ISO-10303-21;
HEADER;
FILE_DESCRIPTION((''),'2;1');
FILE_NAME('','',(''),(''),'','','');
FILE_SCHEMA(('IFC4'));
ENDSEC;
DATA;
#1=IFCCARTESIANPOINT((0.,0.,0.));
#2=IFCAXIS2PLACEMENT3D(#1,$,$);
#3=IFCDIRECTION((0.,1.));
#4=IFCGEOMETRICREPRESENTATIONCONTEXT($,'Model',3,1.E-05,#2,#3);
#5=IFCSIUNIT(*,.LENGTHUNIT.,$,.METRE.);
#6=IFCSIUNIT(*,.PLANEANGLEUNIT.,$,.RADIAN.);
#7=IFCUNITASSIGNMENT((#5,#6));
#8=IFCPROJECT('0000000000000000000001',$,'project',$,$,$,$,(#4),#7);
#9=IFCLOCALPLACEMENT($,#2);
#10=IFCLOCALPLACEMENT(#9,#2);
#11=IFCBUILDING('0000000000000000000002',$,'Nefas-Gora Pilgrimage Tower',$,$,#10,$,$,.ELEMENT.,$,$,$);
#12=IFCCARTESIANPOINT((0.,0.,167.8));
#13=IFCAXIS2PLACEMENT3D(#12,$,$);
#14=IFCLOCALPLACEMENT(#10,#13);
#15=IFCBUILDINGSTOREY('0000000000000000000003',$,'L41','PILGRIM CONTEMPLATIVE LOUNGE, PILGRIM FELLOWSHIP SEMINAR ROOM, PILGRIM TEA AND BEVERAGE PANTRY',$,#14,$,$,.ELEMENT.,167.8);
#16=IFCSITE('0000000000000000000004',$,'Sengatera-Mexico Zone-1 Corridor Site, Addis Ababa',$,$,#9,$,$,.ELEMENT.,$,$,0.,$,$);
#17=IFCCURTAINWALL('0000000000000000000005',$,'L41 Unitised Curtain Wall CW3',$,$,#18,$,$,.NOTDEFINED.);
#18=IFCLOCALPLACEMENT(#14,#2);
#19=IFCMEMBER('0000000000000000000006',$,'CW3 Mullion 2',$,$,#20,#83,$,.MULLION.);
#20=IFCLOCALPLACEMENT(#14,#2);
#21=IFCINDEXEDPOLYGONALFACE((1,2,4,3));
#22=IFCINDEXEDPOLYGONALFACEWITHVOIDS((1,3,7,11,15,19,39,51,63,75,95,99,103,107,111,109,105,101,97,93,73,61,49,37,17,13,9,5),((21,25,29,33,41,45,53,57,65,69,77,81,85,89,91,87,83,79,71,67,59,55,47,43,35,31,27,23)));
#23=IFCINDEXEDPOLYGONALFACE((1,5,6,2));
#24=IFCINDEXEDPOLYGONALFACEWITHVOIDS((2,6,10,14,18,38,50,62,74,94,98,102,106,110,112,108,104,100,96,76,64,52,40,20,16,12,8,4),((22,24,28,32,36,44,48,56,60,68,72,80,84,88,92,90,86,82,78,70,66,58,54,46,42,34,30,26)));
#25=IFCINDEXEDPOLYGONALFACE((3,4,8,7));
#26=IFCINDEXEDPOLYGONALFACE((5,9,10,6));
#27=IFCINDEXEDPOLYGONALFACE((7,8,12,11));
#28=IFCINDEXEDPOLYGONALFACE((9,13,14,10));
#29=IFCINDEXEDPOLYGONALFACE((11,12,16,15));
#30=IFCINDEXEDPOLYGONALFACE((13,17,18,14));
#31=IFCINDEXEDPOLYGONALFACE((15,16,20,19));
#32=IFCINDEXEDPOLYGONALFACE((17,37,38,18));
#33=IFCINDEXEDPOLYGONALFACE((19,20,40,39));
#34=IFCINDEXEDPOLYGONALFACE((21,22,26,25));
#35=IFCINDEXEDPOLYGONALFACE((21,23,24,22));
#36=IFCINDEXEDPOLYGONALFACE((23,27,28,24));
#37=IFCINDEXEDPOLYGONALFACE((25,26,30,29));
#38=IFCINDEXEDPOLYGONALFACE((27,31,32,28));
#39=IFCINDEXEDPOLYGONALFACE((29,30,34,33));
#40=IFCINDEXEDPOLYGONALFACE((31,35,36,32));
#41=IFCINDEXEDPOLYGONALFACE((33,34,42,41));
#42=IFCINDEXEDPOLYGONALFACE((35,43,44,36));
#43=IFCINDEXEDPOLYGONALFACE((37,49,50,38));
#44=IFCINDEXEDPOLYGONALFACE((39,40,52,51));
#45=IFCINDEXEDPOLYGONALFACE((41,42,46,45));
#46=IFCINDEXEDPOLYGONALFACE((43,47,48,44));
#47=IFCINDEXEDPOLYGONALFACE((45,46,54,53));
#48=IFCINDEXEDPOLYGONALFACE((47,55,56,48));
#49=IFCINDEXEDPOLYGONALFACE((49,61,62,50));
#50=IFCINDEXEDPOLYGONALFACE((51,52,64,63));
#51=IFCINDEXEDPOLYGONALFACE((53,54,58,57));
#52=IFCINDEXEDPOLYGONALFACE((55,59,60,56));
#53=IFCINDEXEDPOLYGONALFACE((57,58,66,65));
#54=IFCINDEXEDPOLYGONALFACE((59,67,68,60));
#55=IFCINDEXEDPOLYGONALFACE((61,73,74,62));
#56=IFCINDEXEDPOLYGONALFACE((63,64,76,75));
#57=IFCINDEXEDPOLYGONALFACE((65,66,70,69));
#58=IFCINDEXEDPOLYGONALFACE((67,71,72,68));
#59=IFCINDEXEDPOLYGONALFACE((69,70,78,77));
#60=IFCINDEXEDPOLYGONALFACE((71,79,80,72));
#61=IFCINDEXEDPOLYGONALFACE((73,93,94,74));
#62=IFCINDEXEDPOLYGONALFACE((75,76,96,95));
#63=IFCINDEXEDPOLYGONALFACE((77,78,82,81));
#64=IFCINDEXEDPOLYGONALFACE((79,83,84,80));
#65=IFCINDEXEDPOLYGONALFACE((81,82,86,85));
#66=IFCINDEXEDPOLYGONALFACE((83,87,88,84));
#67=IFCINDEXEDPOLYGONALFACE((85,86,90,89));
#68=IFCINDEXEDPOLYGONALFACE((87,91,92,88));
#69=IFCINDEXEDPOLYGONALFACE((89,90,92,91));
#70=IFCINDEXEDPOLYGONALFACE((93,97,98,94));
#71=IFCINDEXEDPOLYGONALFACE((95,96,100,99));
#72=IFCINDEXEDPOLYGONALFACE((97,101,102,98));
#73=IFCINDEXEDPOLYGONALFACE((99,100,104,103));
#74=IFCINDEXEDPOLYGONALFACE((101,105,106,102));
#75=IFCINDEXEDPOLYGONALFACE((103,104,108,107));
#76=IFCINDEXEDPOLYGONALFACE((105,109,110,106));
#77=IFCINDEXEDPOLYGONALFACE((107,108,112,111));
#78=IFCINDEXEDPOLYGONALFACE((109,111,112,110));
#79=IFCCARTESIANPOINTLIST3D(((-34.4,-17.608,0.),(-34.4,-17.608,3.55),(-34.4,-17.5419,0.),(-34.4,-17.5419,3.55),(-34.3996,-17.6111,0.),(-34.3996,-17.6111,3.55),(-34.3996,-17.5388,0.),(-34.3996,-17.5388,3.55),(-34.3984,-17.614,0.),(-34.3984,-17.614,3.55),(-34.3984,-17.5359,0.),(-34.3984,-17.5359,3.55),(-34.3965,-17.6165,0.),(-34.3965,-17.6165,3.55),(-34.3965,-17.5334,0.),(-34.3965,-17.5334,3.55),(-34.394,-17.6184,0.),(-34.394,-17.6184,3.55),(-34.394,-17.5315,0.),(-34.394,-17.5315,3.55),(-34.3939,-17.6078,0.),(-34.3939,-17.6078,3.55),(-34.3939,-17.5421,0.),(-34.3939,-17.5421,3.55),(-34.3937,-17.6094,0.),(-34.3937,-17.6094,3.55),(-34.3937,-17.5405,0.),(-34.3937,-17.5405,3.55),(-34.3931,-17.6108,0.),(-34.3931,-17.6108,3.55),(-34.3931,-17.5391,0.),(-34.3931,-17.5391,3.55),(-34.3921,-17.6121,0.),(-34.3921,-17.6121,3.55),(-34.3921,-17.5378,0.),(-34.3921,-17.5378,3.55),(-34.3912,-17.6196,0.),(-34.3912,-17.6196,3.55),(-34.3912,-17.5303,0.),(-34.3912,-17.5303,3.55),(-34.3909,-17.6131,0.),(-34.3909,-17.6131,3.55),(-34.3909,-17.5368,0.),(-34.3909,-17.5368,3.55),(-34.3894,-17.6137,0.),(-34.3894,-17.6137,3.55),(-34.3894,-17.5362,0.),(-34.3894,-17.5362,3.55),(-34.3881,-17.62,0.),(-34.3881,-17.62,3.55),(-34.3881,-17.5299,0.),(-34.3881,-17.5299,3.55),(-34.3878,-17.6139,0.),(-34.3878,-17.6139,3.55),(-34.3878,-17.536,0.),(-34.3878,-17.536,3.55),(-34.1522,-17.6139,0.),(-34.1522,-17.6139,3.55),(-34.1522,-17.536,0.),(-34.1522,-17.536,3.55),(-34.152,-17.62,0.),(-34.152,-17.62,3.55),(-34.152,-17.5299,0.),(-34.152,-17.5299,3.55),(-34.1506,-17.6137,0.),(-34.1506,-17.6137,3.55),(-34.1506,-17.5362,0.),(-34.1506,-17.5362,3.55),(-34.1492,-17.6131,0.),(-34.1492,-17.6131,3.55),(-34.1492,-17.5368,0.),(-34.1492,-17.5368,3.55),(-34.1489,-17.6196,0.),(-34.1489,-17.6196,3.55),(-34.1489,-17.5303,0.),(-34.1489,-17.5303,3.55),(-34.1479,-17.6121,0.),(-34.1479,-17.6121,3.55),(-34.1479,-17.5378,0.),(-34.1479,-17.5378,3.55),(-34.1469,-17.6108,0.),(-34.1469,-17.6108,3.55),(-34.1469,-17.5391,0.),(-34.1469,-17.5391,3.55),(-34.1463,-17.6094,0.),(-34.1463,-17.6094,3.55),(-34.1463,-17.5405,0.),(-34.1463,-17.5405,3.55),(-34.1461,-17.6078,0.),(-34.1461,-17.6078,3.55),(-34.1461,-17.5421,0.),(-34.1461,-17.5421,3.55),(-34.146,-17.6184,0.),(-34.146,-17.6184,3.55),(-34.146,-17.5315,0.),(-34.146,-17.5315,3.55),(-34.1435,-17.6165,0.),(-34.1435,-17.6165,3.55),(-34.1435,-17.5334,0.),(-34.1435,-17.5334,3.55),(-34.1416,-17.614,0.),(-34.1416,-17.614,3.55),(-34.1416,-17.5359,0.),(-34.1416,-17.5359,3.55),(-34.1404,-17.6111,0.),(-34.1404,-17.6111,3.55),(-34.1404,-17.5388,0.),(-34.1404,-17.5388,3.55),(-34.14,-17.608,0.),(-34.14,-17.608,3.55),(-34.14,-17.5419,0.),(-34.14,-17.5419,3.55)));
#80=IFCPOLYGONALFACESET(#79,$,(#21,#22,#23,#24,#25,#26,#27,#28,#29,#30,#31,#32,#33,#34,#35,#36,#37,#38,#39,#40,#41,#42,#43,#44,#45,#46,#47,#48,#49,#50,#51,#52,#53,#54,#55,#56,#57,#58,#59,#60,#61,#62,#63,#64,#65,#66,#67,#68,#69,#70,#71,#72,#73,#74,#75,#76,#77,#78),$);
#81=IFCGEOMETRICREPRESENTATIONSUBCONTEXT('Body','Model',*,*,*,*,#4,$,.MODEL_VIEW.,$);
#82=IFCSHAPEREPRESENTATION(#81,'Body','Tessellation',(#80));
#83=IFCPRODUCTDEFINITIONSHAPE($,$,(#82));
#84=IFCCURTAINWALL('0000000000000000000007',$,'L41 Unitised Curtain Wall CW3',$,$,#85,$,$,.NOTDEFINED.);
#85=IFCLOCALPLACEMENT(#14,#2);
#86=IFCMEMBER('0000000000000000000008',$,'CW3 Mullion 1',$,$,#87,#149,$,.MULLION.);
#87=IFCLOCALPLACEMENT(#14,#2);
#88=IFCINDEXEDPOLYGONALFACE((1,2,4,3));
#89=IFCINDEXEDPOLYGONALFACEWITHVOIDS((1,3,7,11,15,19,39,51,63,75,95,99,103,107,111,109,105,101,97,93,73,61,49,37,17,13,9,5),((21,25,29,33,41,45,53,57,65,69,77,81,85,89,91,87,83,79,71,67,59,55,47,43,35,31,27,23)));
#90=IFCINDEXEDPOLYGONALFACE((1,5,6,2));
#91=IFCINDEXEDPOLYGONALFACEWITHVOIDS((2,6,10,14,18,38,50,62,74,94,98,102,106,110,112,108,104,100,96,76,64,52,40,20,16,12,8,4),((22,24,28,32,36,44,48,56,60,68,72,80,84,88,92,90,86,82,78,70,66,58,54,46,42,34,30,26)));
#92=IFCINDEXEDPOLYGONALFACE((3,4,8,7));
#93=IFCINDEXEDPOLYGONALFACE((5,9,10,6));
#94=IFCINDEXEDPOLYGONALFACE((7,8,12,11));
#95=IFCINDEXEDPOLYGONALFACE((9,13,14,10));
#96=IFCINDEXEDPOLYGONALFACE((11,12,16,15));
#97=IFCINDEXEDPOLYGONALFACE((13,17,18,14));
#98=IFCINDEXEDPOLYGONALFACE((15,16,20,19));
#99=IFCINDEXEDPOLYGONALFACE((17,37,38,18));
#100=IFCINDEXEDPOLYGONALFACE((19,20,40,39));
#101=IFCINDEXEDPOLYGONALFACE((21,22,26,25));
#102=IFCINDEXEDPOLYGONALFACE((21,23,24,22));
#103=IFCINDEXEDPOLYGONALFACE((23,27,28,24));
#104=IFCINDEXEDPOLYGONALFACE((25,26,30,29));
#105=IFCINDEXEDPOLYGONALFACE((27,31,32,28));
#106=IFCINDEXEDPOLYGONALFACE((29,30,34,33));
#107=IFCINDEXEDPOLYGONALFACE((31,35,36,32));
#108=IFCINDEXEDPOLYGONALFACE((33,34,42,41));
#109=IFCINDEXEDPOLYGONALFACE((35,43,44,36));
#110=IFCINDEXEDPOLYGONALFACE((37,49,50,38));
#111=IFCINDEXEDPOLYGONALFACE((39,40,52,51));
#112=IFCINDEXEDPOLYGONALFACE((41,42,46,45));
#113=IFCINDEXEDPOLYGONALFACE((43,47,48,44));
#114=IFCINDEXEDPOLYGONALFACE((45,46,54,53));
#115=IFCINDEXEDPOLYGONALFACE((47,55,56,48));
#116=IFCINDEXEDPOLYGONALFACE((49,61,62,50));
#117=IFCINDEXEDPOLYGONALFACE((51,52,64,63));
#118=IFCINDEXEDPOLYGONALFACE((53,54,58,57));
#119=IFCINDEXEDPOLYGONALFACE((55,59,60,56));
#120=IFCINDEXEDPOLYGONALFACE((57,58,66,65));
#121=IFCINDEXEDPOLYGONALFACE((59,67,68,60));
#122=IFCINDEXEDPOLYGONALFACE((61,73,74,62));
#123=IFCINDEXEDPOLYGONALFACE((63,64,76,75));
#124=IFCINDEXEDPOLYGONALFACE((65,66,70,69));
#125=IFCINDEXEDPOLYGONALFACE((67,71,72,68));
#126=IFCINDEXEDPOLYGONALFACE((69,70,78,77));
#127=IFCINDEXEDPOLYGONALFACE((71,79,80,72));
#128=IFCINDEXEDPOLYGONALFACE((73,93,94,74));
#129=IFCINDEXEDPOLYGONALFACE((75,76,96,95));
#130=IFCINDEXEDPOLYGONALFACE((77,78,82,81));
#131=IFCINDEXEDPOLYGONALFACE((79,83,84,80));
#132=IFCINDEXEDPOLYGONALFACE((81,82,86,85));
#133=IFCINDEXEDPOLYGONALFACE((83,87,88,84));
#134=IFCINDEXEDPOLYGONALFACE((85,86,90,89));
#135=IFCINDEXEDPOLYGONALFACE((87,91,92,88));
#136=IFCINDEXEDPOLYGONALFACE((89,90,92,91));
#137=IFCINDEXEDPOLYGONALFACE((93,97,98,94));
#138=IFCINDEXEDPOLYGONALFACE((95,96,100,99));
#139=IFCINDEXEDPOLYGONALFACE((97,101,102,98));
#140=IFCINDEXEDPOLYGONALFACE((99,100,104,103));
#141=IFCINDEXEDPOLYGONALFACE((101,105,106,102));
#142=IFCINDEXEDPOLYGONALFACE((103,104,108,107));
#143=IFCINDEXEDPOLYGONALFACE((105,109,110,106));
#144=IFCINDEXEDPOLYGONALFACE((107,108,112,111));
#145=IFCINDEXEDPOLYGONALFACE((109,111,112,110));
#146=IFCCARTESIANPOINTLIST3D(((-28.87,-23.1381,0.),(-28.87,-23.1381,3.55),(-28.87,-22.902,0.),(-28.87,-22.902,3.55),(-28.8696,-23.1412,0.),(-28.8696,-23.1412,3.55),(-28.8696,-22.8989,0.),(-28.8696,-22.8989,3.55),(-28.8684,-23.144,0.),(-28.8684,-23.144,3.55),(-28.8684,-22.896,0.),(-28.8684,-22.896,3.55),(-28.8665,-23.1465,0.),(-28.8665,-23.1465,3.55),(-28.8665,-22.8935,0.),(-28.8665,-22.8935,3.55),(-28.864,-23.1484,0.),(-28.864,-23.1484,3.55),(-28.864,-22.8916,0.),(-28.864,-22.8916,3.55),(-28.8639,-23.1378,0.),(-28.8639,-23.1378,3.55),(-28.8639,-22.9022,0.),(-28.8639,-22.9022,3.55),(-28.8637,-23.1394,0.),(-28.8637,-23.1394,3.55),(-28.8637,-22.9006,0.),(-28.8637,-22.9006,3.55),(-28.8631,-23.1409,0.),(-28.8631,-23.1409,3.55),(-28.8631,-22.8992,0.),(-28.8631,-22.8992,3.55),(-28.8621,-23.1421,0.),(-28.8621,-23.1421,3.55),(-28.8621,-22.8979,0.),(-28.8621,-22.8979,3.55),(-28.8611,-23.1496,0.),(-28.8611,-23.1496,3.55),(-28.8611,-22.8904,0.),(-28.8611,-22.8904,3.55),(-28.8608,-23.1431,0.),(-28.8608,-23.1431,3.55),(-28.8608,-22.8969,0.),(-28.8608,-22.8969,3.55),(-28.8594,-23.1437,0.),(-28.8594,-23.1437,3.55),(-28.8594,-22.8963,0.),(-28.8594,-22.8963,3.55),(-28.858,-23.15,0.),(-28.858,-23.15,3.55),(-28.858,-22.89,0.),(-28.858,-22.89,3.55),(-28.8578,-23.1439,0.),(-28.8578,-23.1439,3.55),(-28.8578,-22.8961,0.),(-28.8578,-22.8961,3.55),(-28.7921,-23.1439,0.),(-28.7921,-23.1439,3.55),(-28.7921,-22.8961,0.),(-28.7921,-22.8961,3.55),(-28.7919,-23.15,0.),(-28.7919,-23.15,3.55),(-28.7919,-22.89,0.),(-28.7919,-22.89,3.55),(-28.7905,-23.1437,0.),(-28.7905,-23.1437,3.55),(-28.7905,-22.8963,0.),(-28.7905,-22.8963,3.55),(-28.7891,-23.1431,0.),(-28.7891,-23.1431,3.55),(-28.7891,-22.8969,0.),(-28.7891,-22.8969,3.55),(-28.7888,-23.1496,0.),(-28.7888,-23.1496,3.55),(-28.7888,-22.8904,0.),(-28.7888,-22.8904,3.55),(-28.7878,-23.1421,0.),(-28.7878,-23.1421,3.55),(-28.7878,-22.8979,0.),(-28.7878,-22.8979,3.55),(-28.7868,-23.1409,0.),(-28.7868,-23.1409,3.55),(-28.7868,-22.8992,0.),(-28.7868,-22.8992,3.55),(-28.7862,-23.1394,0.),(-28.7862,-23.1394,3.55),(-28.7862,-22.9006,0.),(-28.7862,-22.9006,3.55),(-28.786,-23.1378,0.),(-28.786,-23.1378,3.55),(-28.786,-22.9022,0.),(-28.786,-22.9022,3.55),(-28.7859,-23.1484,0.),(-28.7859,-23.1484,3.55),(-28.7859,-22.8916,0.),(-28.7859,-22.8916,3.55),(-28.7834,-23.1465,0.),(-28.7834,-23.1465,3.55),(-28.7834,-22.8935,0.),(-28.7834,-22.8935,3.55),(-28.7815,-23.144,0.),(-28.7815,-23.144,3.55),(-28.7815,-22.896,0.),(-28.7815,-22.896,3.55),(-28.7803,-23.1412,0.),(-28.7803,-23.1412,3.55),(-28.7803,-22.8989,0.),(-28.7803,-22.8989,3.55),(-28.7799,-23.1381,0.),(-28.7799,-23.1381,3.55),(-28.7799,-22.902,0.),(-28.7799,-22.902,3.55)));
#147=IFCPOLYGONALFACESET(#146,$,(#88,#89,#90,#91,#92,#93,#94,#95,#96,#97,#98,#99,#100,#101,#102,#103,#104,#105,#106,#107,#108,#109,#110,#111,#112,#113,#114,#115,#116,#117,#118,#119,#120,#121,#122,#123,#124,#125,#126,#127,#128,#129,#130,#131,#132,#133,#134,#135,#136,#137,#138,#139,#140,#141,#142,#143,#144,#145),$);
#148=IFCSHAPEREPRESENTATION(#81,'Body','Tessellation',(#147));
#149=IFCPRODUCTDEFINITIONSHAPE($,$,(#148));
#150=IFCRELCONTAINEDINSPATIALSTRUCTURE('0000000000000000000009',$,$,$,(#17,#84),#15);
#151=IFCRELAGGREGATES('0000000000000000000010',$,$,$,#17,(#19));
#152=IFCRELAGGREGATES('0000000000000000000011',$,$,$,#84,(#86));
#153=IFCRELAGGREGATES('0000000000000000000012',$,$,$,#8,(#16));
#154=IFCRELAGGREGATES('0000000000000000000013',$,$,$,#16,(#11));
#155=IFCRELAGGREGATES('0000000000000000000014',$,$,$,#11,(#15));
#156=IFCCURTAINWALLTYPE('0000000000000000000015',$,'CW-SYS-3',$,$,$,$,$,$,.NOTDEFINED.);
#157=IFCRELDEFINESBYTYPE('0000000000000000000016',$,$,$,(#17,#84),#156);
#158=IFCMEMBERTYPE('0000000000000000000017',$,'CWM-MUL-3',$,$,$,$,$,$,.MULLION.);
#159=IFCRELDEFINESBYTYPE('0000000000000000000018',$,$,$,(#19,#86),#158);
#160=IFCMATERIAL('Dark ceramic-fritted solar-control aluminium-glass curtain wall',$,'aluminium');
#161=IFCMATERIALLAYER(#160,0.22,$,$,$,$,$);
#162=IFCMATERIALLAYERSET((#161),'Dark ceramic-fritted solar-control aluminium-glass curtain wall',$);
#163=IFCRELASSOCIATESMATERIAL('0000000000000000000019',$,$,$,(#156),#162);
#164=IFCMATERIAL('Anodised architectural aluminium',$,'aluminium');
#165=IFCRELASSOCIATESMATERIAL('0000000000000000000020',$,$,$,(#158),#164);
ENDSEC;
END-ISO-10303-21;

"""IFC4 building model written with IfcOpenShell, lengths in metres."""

from ifc_helpers import new_model, si_unit, direction, frame, origin, origin_2d, place, context, subcontext, project, spatial, hollow_rectangle, extrude, source, transform, mapped, material, layer, layer_set, material_profile, profile_set, type_object, element, aggregate, save


model = new_model("IFC4")

# Units and contexts
model_context = context("Model", 3, precision=1e-05, world=origin(), true_north=direction((0.0, 1.0)))
body_context = subcontext(model_context, "Body", "Model", "MODEL_VIEW")
ifc_project = project(units=[si_unit("LENGTHUNIT", "METRE"), si_unit("PLANEANGLEUNIT", "RADIAN")], contexts=[model_context])

# Site, building, storey
site_placement = place(None, origin())
site = spatial("IfcSite", under=ifc_project, at=site_placement, Name="Sengatera-Mexico Zone-1 Corridor Site, Addis Ababa", CompositionType="ELEMENT", RefElevation=0.0)
building_placement = place(site_placement, origin())
building = spatial("IfcBuilding", under=site, at=building_placement, Name="Nefas-Gora Pilgrimage Tower", CompositionType="ELEMENT")
storey_placement = place(building_placement, frame((0.0, 0.0, 167.8)))
storey = spatial("IfcBuildingStorey", under=building, at=storey_placement, Name="L41", Description="PILGRIM CONTEMPLATIVE LOUNGE, PILGRIM FELLOWSHIP SEMINAR ROOM, PILGRIM TEA AND BEVERAGE PANTRY", CompositionType="ELEMENT", Elevation=167.8)

# Shared definitions
ifc_material_1 = material(Name="Dark ceramic-fritted solar-control aluminium-glass curtain wall", Category="aluminium")
ifc_material_2 = material(Name="Anodised architectural aluminium", Category="aluminium")

# Curtain wall, member
ifc_layer_1 = layer(ifc_material_1, 0.22)
ifc_layer_set_1 = layer_set([ifc_layer_1], Name="Dark ceramic-fritted solar-control aluminium-glass curtain wall")
curtain_wall_type_1 = type_object("IfcCurtainWallType", Name="CW-SYS-3", PredefinedType="NOTDEFINED", material=ifc_layer_set_1)
curtain_wall_1_placement = place(storey_placement, origin())
curtain_wall_1 = element("IfcCurtainWall", 1, at=curtain_wall_1_placement, inside=storey, type_object=curtain_wall_type_1, Name="L41 Unitised Curtain Wall CW3", PredefinedType="NOTDEFINED")
ifc_material_profile_1 = material_profile(ifc_material_2, hollow_rectangle(XDim=0.0901, YDim=0.26, WallThickness=0.0061, InnerFilletRadius=0.0061, OuterFilletRadius=0.012, at=origin_2d()), Name="ALU MULLION 90x260")
ifc_profile_set_1 = profile_set([ifc_material_profile_1], Name="Anodised architectural aluminium")
member_type_1 = type_object("IfcMemberType", Name="CWM-MUL-3", PredefinedType="MULLION", material=ifc_profile_set_1)
shared_shape_1 = source(origin(), body_context, "Body", "SweptSolid", [
    extrude(hollow_rectangle(XDim=0.0901, YDim=0.26, WallThickness=0.0061, InnerFilletRadius=0.0061, OuterFilletRadius=0.012, at=origin_2d()), origin(), (0.0, 0.0, 1.0), 3.55),
])
member_1_placement = place(storey_placement, frame((-34.27, -17.575, 0.0), z_axis=(0.0, 0.0, 1.0), x_axis=(0.0, -1.0, 0.0)))
member_1 = element("IfcMember", 2, at=member_1_placement, type_object=member_type_1, Name="CW3 Mullion 2", PredefinedType="MULLION", context=body_context, shape_type="MappedRepresentation", body=[
    mapped(shared_shape_1, transform((0.0, 0.0, 0.0), x_axis=(1.0, 0.0, 0.0), y_axis=(0.0, 1.0, 0.0), z_axis=(0.0, 0.0, 1.0), scale=1.0)),
])
aggregate(curtain_wall_1, [member_1])

# Curtain wall, member
curtain_wall_2_placement = place(storey_placement, origin())
curtain_wall_2 = element("IfcCurtainWall", 3, at=curtain_wall_2_placement, inside=storey, type_object=curtain_wall_type_1, Name="L41 Unitised Curtain Wall CW3", PredefinedType="NOTDEFINED")
member_2_placement = place(storey_placement, frame((-28.825, -23.02, 0.0), z_axis=(0.0, 0.0, 1.0), x_axis=(1.0, 0.0, 0.0)))
member_2 = element("IfcMember", 4, at=member_2_placement, type_object=member_type_1, Name="CW3 Mullion 1", PredefinedType="MULLION", context=body_context, shape_type="MappedRepresentation", body=[
    mapped(shared_shape_1, transform((0.0, 0.0, 0.0), x_axis=(1.0, 0.0, 0.0), y_axis=(0.0, 1.0, 0.0), z_axis=(0.0, 0.0, 1.0), scale=1.0)),
])

aggregate(curtain_wall_2, [member_2])

save(model, "model.ifc")
